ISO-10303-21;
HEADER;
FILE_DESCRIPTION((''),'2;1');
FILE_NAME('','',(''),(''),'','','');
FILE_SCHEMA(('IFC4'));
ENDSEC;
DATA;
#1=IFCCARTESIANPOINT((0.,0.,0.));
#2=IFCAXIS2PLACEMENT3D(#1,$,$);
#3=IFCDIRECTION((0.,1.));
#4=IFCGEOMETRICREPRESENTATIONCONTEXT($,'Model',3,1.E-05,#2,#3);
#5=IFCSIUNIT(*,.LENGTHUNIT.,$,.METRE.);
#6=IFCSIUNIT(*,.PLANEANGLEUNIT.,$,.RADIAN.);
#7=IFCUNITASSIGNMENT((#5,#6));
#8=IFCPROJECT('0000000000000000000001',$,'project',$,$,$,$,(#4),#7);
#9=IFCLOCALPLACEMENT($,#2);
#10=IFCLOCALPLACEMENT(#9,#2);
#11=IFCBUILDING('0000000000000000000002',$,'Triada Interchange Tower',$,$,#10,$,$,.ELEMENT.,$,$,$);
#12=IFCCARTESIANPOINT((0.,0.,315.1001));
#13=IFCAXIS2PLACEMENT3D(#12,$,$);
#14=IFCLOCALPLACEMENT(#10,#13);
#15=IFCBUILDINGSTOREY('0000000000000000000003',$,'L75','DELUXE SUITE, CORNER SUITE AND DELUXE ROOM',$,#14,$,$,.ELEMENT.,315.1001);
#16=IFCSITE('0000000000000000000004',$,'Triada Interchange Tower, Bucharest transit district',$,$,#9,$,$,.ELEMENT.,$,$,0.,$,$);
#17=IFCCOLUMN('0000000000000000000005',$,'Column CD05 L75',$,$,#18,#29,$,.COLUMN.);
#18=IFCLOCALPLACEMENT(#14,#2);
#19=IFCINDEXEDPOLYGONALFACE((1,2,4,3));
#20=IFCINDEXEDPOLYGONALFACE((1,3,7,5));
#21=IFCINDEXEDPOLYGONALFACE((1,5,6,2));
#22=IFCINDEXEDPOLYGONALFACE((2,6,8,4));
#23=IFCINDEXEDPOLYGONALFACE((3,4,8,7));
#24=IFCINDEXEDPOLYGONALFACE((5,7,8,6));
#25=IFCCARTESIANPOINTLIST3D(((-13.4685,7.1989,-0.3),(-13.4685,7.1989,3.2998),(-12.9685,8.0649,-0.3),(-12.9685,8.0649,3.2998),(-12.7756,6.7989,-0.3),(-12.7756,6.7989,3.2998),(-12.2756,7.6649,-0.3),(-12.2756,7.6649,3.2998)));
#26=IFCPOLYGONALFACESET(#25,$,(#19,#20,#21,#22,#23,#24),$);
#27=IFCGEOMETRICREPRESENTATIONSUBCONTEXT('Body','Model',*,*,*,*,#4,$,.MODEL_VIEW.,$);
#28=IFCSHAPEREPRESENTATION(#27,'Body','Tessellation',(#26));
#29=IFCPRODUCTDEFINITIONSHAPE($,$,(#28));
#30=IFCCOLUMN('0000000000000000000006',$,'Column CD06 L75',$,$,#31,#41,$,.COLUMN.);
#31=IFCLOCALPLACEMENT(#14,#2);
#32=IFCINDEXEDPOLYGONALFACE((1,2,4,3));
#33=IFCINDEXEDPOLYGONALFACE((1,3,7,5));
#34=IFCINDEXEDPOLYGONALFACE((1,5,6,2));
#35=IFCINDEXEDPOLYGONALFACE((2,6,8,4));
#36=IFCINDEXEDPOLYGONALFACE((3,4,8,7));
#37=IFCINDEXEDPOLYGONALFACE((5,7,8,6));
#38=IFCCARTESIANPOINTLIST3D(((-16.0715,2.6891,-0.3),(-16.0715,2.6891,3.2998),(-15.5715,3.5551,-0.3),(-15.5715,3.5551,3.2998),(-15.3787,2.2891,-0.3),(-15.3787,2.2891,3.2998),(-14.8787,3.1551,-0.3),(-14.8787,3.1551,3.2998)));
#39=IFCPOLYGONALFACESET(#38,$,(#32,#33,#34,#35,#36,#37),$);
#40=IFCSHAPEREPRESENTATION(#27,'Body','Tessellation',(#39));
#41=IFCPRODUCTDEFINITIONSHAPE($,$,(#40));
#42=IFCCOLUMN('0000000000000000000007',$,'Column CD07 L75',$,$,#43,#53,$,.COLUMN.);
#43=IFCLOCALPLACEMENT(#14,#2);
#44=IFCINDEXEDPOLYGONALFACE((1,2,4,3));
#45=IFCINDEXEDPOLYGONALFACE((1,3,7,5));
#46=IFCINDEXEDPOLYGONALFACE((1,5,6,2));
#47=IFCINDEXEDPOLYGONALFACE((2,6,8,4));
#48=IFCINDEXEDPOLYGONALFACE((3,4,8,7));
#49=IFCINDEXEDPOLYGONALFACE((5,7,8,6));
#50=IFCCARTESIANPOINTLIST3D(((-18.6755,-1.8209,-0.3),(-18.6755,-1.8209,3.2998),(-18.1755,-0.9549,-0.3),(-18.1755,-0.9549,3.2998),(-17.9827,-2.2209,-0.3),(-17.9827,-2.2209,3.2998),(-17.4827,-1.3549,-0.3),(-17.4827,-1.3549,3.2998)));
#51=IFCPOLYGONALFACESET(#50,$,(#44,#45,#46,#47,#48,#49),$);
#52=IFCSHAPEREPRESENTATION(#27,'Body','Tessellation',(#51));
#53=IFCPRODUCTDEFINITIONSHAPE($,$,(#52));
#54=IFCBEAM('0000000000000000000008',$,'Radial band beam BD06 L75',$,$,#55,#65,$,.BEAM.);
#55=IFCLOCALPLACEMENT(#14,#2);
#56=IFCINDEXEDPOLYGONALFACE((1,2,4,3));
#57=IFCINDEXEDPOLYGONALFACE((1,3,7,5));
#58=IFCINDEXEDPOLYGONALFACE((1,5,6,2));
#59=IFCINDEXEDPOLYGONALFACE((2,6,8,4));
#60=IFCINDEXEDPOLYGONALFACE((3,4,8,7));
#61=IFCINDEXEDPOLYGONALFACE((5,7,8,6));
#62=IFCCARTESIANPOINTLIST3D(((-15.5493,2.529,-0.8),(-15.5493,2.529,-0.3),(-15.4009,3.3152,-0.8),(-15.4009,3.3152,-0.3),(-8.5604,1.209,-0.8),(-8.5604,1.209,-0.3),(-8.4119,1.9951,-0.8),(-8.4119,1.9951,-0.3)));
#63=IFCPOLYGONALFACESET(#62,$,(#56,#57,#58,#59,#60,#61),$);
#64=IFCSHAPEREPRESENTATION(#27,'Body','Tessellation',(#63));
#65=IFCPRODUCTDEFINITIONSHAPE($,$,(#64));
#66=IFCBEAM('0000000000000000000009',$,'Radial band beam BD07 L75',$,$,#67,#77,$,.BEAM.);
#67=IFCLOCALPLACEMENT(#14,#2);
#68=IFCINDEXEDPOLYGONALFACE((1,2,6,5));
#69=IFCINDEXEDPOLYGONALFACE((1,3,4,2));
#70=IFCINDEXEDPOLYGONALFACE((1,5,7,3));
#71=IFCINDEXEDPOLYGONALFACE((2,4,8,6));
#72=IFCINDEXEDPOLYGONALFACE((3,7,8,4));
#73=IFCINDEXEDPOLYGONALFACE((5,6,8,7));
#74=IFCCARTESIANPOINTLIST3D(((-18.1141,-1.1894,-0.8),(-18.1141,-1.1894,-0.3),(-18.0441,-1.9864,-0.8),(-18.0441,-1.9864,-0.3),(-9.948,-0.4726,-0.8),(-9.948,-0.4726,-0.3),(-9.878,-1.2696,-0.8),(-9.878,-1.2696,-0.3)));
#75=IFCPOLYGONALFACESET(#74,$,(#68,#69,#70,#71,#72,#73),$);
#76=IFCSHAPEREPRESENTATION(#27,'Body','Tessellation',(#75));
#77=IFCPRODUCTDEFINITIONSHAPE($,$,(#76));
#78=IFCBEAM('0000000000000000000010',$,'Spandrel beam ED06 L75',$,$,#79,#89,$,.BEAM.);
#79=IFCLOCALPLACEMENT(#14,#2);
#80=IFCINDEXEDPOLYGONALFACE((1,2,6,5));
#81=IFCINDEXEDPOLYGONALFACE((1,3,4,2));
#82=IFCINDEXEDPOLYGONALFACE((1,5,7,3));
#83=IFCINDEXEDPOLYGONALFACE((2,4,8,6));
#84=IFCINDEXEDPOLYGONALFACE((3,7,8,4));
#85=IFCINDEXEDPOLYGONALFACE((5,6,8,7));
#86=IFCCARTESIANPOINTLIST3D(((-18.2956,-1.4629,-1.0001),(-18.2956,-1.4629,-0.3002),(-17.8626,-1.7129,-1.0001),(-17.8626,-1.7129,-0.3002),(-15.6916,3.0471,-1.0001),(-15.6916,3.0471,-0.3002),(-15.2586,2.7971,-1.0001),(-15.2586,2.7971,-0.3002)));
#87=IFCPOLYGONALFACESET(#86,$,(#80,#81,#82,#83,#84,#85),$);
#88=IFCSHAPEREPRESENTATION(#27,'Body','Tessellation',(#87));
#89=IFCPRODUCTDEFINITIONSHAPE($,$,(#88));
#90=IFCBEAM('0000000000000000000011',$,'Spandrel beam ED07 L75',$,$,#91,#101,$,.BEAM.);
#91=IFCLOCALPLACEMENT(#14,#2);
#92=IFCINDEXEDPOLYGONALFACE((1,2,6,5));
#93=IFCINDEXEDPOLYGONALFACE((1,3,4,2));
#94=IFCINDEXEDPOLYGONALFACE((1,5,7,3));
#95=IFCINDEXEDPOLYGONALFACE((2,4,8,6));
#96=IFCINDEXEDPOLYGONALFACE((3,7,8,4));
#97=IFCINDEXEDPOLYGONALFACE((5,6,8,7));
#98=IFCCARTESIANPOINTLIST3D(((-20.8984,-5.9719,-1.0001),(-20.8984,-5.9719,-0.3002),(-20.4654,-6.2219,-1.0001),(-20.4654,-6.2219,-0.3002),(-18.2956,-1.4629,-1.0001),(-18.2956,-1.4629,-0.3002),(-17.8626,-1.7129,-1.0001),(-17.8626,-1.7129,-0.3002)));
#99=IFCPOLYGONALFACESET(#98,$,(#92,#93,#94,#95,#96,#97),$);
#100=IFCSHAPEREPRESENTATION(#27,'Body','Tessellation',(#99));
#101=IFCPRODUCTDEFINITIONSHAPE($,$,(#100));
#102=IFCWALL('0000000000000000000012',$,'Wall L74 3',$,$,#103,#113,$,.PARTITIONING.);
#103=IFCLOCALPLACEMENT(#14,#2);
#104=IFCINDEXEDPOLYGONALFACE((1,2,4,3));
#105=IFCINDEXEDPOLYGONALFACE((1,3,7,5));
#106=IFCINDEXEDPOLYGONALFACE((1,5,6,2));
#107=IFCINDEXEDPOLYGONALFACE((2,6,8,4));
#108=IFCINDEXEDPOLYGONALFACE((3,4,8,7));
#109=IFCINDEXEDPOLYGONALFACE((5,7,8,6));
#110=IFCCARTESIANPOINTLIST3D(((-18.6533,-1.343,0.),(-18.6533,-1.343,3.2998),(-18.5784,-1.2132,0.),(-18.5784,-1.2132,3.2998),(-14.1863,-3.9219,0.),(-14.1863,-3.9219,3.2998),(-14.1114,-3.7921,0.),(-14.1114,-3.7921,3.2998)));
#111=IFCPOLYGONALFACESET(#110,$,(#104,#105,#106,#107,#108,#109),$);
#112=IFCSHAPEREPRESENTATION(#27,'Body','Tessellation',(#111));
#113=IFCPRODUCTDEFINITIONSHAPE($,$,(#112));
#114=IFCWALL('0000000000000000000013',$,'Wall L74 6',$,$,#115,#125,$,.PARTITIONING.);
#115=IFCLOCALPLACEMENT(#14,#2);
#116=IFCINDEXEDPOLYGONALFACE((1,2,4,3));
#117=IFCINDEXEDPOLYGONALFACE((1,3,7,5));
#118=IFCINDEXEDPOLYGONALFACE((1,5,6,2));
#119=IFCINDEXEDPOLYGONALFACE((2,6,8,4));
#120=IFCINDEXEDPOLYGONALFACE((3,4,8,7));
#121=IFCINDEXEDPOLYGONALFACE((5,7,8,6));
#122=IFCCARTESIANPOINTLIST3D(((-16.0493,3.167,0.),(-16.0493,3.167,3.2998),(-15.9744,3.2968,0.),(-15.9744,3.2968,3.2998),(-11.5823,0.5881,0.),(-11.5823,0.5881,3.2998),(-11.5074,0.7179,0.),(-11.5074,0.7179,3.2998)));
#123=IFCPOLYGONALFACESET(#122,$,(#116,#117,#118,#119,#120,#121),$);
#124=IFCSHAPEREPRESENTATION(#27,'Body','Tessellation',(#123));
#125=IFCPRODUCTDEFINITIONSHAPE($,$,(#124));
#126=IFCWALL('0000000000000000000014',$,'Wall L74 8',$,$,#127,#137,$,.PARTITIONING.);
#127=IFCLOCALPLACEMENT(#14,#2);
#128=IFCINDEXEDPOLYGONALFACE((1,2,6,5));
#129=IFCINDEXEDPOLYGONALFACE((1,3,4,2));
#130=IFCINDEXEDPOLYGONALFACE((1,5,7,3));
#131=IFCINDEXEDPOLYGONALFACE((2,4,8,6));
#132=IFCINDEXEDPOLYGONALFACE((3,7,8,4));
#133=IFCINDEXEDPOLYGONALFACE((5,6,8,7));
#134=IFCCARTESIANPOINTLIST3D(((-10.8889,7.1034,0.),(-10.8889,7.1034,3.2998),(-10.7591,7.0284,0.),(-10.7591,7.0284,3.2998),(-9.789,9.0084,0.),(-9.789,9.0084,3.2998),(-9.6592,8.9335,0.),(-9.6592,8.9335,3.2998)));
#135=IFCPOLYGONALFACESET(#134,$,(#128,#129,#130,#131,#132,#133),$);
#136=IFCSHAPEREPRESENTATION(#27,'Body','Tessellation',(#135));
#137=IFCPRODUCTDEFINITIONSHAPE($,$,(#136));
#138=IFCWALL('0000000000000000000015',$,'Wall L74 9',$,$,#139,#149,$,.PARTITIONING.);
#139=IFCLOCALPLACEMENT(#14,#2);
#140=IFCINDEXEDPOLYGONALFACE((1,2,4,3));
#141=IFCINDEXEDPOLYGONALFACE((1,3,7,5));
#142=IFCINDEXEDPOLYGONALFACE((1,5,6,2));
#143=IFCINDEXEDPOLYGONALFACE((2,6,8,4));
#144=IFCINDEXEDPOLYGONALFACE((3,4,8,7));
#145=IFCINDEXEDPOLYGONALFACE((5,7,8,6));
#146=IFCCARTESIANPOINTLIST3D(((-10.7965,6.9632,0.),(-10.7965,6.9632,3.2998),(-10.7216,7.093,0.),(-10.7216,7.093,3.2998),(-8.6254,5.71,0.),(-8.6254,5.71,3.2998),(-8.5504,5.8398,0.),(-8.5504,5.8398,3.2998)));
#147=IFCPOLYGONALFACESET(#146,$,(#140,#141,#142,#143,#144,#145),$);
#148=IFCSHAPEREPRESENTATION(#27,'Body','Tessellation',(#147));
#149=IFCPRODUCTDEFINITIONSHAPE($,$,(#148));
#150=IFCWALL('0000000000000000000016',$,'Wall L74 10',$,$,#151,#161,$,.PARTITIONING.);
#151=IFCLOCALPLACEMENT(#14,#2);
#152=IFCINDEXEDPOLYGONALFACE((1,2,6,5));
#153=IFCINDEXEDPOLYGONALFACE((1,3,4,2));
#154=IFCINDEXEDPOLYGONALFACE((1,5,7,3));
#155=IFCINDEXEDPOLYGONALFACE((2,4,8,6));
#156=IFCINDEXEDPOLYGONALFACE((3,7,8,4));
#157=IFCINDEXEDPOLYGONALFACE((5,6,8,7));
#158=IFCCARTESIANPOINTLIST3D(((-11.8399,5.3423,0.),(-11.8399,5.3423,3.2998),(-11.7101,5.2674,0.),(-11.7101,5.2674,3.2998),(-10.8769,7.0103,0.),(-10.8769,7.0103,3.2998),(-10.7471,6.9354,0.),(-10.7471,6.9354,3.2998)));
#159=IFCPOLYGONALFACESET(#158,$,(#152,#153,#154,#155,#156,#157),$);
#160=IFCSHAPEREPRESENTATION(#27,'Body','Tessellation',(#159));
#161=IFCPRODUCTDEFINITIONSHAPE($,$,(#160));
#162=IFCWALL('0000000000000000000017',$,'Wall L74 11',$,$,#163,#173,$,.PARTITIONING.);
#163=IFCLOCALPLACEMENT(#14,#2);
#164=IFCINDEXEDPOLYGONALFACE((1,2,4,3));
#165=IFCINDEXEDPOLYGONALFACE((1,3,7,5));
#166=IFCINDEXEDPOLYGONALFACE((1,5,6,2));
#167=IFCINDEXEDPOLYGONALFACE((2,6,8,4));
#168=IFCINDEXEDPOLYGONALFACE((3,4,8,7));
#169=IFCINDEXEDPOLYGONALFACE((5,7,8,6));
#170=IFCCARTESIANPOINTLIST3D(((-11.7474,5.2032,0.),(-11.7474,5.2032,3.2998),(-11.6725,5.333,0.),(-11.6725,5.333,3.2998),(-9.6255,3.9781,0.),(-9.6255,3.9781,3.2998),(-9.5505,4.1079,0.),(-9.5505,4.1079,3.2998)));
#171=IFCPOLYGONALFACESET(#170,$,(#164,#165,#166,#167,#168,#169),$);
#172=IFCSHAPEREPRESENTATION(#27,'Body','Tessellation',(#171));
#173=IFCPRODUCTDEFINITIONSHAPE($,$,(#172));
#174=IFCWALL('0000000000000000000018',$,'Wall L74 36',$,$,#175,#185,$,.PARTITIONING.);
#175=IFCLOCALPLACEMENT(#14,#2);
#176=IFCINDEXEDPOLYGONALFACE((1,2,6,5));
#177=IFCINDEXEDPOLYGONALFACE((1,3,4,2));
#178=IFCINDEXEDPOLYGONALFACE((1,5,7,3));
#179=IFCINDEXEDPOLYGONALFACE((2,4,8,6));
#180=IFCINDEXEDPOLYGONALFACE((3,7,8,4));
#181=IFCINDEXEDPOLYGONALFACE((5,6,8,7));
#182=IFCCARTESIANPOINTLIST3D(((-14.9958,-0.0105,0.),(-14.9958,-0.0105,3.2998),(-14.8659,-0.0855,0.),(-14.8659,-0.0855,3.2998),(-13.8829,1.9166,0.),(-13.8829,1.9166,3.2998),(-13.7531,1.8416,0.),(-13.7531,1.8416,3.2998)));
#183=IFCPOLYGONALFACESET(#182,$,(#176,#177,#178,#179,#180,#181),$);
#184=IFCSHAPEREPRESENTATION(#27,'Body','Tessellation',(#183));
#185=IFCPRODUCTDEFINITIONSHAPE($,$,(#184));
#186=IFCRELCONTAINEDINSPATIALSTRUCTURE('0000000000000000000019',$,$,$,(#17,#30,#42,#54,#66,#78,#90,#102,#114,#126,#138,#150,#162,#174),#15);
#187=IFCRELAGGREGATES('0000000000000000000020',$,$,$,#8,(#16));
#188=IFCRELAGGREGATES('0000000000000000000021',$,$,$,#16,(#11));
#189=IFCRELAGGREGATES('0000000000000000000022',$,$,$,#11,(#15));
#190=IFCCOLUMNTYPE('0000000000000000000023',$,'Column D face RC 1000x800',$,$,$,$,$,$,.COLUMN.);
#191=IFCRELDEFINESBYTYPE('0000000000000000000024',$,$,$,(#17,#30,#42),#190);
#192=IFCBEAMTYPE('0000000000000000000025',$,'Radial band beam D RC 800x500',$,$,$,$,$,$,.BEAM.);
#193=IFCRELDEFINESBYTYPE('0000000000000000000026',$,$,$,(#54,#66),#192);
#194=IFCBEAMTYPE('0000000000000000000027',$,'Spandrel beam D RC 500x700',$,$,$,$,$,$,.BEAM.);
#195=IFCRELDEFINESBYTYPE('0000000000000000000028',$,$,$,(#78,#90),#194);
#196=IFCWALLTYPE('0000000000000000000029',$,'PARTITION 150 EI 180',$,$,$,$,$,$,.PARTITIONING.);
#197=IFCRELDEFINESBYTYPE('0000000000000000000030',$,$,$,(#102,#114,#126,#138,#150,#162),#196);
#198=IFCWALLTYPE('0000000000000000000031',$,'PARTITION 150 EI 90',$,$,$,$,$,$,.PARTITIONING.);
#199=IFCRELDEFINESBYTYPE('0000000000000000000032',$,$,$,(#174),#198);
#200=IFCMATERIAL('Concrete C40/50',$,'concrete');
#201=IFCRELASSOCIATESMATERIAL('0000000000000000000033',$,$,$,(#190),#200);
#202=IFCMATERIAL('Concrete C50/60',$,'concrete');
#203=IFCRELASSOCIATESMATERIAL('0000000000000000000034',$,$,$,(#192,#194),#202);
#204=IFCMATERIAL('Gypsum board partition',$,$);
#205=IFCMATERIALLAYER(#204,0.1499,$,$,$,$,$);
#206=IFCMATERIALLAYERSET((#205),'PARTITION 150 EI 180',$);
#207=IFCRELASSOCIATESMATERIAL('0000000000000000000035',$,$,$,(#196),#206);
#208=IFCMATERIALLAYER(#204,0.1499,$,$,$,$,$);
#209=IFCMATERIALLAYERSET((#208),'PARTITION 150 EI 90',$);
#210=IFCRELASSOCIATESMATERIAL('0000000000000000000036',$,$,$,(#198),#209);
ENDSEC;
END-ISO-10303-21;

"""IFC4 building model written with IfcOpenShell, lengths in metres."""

from ifc_helpers import new_model, si_unit, direction, frame, frame_2d, origin, origin_2d, place, context, subcontext, project, spatial, rectangle, extrude, material, layer, layer_set, material_profile, profile_set, type_object, element, save


model = new_model("IFC4")

# Units and contexts
model_context = context("Model", 3, precision=1e-05, world=origin(), true_north=direction((0.0, 1.0)))
body_context = subcontext(model_context, "Body", "Model", "MODEL_VIEW")
ifc_project = project(units=[si_unit("LENGTHUNIT", "METRE"), si_unit("PLANEANGLEUNIT", "RADIAN")], contexts=[model_context])

# Site, building, storey
site_placement = place(None, origin())
site = spatial("IfcSite", under=ifc_project, at=site_placement, Name="Triada Interchange Tower, Bucharest transit district", CompositionType="ELEMENT", RefElevation=0.0)
building_placement = place(site_placement, origin())
building = spatial("IfcBuilding", under=site, at=building_placement, Name="Triada Interchange Tower", CompositionType="ELEMENT")
storey_placement = place(building_placement, frame((0.0, 0.0, 315.1001)))
storey = spatial("IfcBuildingStorey", under=building, at=storey_placement, Name="L75", Description="DELUXE SUITE, CORNER SUITE AND DELUXE ROOM", CompositionType="ELEMENT", Elevation=315.1001)

# Columns
ifc_material_1 = material(Name="Concrete C40/50", Category="concrete")
ifc_material_profile_1 = material_profile(ifc_material_1, rectangle(XDim=1.0, YDim=0.8, at=origin_2d()), Name="RC 1000x800")
ifc_profile_set_1 = profile_set([ifc_material_profile_1], Name="Concrete C40/50")
column_type = type_object("IfcColumnType", Name="Column D face RC 1000x800", PredefinedType="COLUMN", material=ifc_profile_set_1)
for number, where, z_axis, x_axis, name in (
    (1, (-12.8721, 7.4319, -0.3), (0.0, 0.0, 1.0), (0.5, 0.866025, 0.0), "Column CD05 L75"),
    (2, (-15.4751, 2.9221, -0.3), (0.0, 0.0, 1.0), (0.5, 0.866025, 0.0), "Column CD06 L75"),
    (3, (-18.0791, -1.5879, -0.3), (0.0, 0.0, 1.0), (0.5, 0.866025, 0.0), "Column CD07 L75"),
):
    element("IfcColumn", number, at=place(storey_placement, frame(where, z_axis=z_axis, x_axis=x_axis)), inside=storey, type_object=column_type, Name=name, PredefinedType="COLUMN", context=body_context, shape_type="SweptSolid", body=[
        extrude(rectangle(XDim=1.0, YDim=0.8, at=origin_2d()), origin(), (0.0, 0.0, 1.0), 3.5999),
    ])

# Beams
ifc_material_2 = material(Name="Concrete C50/60", Category="concrete")
ifc_material_profile_2 = material_profile(ifc_material_2, rectangle(XDim=0.8, YDim=0.5, at=origin_2d()), Name="RC 800x500")
ifc_profile_set_2 = profile_set([ifc_material_profile_2], Name="Concrete C50/60")
beam_type_1 = type_object("IfcBeamType", Name="Radial band beam D RC 800x500", PredefinedType="BEAM", material=ifc_profile_set_2)
beam_1_placement = place(storey_placement, frame((-15.4751, 2.9221, -0.55), z_axis=(0.982626, -0.185596, 0.0), x_axis=(0.185596, 0.982626, 0.0)))
element("IfcBeam", 4, at=beam_1_placement, inside=storey, type_object=beam_type_1, Name="Radial band beam BD06 L75", PredefinedType="BEAM", context=body_context, shape_type="SweptSolid", body=[
    extrude(rectangle(XDim=0.8, YDim=0.5, at=origin_2d()), origin(), (0.0, 0.0, 1.0), 7.1125),
])
beam_2_placement = place(storey_placement, frame((-18.0791, -1.5879, -0.55), z_axis=(0.99617, 0.087442, 0.0), x_axis=(-0.087442, 0.99617, 0.0)))
element("IfcBeam", 5, at=beam_2_placement, inside=storey, type_object=beam_type_1, Name="Radial band beam BD07 L75", PredefinedType="BEAM", context=body_context, shape_type="SweptSolid", body=[
    extrude(rectangle(XDim=0.8, YDim=0.5, at=origin_2d()), origin(), (0.0, 0.0, 1.0), 8.1975),
])
ifc_material_profile_3 = material_profile(ifc_material_2, rectangle(XDim=0.5, YDim=0.7, at=origin_2d()), Name="RC 500x700")
ifc_profile_set_3 = profile_set([ifc_material_profile_3], Name="Concrete C50/60")
beam_type_2 = type_object("IfcBeamType", Name="Spandrel beam D RC 500x700", PredefinedType="BEAM", material=ifc_profile_set_3)
beam_3_placement = place(storey_placement, frame((-15.4751, 2.9221, -0.6501), z_axis=(-0.500021, -0.866013, 0.0), x_axis=(0.866013, -0.500021, 0.0)))
element("IfcBeam", 6, at=beam_3_placement, inside=storey, type_object=beam_type_2, Name="Spandrel beam ED06 L75", PredefinedType="BEAM", context=body_context, shape_type="SweptSolid", body=[
    extrude(rectangle(XDim=0.5, YDim=0.7, at=origin_2d()), origin(), (0.0, 0.0, 1.0), 5.2078),
])
beam_4_placement = place(storey_placement, frame((-18.0791, -1.5879, -0.6501), z_axis=(-0.499927, -0.866068, 0.0), x_axis=(0.866068, -0.499927, 0.0)))
element("IfcBeam", 7, at=beam_4_placement, inside=storey, type_object=beam_type_2, Name="Spandrel beam ED07 L75", PredefinedType="BEAM", context=body_context, shape_type="SweptSolid", body=[
    extrude(rectangle(XDim=0.5, YDim=0.7, at=origin_2d()), origin(), (0.0, 0.0, 1.0), 5.2063),
])

# Walls
ifc_material_3 = material(Name="Gypsum board partition")
ifc_layer_1 = layer(ifc_material_3, 0.1499)
ifc_layer_set_1 = layer_set([ifc_layer_1], Name="PARTITION 150 EI 180")
wall_type_1 = type_object("IfcWallType", Name="PARTITION 150 EI 180", PredefinedType="PARTITIONING", material=ifc_layer_set_1)
for number, where, z_axis, x_axis, name in (
    (8, (-18.616, -1.2781, 0.0), (0.0, 0.0, 1.0), (0.866041, -0.499972, 0.0), "Wall L74 3"),
    (9, (-16.012, 3.2319, 0.0), (0.0, 0.0, 1.0), (0.866041, -0.499972, 0.0), "Wall L74 6"),
):
    element("IfcWall", number, at=place(storey_placement, frame(where, z_axis=z_axis, x_axis=x_axis)), inside=storey, type_object=wall_type_1, Name=name, PredefinedType="PARTITIONING", context=body_context, shape_type="SweptSolid", body=[
        extrude(rectangle(XDim=5.158, YDim=0.1499, at=frame_2d((2.5791, 0.0))), origin(), (0.0, 0.0, 1.0), 3.2998),
    ])
wall_1_placement = place(storey_placement, frame((-10.824, 7.0659, 0.0), z_axis=(0.0, 0.0, 1.0), x_axis=(0.499995, 0.866028, 0.0)))
element("IfcWall", 10, at=wall_1_placement, inside=storey, type_object=wall_type_1, Name="Wall L74 8", PredefinedType="PARTITIONING", context=body_context, shape_type="SweptSolid", body=[
    extrude(rectangle(XDim=2.1997, YDim=0.1499, at=frame_2d((1.0999, 0.0))), origin(), (0.0, 0.0, 1.0), 3.2998),
])
wall_2_placement = place(storey_placement, frame((-10.759, 7.0281, 0.0), z_axis=(0.0, 0.0, 1.0), x_axis=(0.866083, -0.499899, 0.0)))
element("IfcWall", 11, at=wall_2_placement, inside=storey, type_object=wall_type_1, Name="Wall L74 9", PredefinedType="PARTITIONING", context=body_context, shape_type="SweptSolid", body=[
    extrude(rectangle(XDim=2.5068, YDim=0.1499, at=frame_2d((1.2534, 0.0))), origin(), (0.0, 0.0, 1.0), 3.2998),
])
wall_3_placement = place(storey_placement, frame((-11.7749, 5.3049, 0.0), z_axis=(0.0, 0.0, 1.0), x_axis=(0.499957, 0.86605, 0.0)))
element("IfcWall", 12, at=wall_3_placement, inside=storey, type_object=wall_type_1, Name="Wall L74 10", PredefinedType="PARTITIONING", context=body_context, shape_type="SweptSolid", body=[
    extrude(rectangle(XDim=1.926, YDim=0.1499, at=frame_2d((0.9629, 0.0))), origin(), (0.0, 0.0, 1.0), 3.2998),
])
wall_4_placement = place(storey_placement, frame((-11.71, 5.2681, 0.0), z_axis=(0.0, 0.0, 1.0), x_axis=(0.86604, -0.499975, 0.0)))
element("IfcWall", 13, at=wall_4_placement, inside=storey, type_object=wall_type_1, Name="Wall L74 11", PredefinedType="PARTITIONING", context=body_context, shape_type="SweptSolid", body=[
    extrude(rectangle(XDim=2.4502, YDim=0.1499, at=frame_2d((1.2251, 0.0))), origin(), (0.0, 0.0, 1.0), 3.2998),
])
ifc_layer_2 = layer(ifc_material_3, 0.1499)
ifc_layer_set_2 = layer_set([ifc_layer_2], Name="PARTITION 150 EI 90")
wall_type_2 = type_object("IfcWallType", Name="PARTITION 150 EI 90", PredefinedType="PARTITIONING", material=ifc_layer_set_2)
wall_5_placement = place(storey_placement, frame((-14.9309, -0.0481, 0.0), z_axis=(0.0, 0.0, 1.0), x_axis=(0.50008, 0.865979, 0.0)))
element("IfcWall", 14, at=wall_5_placement, inside=storey, type_object=wall_type_2, Name="Wall L74 36", PredefinedType="PARTITIONING", context=body_context, shape_type="SweptSolid", body=[
    extrude(rectangle(XDim=2.2253, YDim=0.1499, at=frame_2d((1.1128, 0.0))), origin(), (0.0, 0.0, 1.0), 3.2998),
])

save(model, "model.ifc")
